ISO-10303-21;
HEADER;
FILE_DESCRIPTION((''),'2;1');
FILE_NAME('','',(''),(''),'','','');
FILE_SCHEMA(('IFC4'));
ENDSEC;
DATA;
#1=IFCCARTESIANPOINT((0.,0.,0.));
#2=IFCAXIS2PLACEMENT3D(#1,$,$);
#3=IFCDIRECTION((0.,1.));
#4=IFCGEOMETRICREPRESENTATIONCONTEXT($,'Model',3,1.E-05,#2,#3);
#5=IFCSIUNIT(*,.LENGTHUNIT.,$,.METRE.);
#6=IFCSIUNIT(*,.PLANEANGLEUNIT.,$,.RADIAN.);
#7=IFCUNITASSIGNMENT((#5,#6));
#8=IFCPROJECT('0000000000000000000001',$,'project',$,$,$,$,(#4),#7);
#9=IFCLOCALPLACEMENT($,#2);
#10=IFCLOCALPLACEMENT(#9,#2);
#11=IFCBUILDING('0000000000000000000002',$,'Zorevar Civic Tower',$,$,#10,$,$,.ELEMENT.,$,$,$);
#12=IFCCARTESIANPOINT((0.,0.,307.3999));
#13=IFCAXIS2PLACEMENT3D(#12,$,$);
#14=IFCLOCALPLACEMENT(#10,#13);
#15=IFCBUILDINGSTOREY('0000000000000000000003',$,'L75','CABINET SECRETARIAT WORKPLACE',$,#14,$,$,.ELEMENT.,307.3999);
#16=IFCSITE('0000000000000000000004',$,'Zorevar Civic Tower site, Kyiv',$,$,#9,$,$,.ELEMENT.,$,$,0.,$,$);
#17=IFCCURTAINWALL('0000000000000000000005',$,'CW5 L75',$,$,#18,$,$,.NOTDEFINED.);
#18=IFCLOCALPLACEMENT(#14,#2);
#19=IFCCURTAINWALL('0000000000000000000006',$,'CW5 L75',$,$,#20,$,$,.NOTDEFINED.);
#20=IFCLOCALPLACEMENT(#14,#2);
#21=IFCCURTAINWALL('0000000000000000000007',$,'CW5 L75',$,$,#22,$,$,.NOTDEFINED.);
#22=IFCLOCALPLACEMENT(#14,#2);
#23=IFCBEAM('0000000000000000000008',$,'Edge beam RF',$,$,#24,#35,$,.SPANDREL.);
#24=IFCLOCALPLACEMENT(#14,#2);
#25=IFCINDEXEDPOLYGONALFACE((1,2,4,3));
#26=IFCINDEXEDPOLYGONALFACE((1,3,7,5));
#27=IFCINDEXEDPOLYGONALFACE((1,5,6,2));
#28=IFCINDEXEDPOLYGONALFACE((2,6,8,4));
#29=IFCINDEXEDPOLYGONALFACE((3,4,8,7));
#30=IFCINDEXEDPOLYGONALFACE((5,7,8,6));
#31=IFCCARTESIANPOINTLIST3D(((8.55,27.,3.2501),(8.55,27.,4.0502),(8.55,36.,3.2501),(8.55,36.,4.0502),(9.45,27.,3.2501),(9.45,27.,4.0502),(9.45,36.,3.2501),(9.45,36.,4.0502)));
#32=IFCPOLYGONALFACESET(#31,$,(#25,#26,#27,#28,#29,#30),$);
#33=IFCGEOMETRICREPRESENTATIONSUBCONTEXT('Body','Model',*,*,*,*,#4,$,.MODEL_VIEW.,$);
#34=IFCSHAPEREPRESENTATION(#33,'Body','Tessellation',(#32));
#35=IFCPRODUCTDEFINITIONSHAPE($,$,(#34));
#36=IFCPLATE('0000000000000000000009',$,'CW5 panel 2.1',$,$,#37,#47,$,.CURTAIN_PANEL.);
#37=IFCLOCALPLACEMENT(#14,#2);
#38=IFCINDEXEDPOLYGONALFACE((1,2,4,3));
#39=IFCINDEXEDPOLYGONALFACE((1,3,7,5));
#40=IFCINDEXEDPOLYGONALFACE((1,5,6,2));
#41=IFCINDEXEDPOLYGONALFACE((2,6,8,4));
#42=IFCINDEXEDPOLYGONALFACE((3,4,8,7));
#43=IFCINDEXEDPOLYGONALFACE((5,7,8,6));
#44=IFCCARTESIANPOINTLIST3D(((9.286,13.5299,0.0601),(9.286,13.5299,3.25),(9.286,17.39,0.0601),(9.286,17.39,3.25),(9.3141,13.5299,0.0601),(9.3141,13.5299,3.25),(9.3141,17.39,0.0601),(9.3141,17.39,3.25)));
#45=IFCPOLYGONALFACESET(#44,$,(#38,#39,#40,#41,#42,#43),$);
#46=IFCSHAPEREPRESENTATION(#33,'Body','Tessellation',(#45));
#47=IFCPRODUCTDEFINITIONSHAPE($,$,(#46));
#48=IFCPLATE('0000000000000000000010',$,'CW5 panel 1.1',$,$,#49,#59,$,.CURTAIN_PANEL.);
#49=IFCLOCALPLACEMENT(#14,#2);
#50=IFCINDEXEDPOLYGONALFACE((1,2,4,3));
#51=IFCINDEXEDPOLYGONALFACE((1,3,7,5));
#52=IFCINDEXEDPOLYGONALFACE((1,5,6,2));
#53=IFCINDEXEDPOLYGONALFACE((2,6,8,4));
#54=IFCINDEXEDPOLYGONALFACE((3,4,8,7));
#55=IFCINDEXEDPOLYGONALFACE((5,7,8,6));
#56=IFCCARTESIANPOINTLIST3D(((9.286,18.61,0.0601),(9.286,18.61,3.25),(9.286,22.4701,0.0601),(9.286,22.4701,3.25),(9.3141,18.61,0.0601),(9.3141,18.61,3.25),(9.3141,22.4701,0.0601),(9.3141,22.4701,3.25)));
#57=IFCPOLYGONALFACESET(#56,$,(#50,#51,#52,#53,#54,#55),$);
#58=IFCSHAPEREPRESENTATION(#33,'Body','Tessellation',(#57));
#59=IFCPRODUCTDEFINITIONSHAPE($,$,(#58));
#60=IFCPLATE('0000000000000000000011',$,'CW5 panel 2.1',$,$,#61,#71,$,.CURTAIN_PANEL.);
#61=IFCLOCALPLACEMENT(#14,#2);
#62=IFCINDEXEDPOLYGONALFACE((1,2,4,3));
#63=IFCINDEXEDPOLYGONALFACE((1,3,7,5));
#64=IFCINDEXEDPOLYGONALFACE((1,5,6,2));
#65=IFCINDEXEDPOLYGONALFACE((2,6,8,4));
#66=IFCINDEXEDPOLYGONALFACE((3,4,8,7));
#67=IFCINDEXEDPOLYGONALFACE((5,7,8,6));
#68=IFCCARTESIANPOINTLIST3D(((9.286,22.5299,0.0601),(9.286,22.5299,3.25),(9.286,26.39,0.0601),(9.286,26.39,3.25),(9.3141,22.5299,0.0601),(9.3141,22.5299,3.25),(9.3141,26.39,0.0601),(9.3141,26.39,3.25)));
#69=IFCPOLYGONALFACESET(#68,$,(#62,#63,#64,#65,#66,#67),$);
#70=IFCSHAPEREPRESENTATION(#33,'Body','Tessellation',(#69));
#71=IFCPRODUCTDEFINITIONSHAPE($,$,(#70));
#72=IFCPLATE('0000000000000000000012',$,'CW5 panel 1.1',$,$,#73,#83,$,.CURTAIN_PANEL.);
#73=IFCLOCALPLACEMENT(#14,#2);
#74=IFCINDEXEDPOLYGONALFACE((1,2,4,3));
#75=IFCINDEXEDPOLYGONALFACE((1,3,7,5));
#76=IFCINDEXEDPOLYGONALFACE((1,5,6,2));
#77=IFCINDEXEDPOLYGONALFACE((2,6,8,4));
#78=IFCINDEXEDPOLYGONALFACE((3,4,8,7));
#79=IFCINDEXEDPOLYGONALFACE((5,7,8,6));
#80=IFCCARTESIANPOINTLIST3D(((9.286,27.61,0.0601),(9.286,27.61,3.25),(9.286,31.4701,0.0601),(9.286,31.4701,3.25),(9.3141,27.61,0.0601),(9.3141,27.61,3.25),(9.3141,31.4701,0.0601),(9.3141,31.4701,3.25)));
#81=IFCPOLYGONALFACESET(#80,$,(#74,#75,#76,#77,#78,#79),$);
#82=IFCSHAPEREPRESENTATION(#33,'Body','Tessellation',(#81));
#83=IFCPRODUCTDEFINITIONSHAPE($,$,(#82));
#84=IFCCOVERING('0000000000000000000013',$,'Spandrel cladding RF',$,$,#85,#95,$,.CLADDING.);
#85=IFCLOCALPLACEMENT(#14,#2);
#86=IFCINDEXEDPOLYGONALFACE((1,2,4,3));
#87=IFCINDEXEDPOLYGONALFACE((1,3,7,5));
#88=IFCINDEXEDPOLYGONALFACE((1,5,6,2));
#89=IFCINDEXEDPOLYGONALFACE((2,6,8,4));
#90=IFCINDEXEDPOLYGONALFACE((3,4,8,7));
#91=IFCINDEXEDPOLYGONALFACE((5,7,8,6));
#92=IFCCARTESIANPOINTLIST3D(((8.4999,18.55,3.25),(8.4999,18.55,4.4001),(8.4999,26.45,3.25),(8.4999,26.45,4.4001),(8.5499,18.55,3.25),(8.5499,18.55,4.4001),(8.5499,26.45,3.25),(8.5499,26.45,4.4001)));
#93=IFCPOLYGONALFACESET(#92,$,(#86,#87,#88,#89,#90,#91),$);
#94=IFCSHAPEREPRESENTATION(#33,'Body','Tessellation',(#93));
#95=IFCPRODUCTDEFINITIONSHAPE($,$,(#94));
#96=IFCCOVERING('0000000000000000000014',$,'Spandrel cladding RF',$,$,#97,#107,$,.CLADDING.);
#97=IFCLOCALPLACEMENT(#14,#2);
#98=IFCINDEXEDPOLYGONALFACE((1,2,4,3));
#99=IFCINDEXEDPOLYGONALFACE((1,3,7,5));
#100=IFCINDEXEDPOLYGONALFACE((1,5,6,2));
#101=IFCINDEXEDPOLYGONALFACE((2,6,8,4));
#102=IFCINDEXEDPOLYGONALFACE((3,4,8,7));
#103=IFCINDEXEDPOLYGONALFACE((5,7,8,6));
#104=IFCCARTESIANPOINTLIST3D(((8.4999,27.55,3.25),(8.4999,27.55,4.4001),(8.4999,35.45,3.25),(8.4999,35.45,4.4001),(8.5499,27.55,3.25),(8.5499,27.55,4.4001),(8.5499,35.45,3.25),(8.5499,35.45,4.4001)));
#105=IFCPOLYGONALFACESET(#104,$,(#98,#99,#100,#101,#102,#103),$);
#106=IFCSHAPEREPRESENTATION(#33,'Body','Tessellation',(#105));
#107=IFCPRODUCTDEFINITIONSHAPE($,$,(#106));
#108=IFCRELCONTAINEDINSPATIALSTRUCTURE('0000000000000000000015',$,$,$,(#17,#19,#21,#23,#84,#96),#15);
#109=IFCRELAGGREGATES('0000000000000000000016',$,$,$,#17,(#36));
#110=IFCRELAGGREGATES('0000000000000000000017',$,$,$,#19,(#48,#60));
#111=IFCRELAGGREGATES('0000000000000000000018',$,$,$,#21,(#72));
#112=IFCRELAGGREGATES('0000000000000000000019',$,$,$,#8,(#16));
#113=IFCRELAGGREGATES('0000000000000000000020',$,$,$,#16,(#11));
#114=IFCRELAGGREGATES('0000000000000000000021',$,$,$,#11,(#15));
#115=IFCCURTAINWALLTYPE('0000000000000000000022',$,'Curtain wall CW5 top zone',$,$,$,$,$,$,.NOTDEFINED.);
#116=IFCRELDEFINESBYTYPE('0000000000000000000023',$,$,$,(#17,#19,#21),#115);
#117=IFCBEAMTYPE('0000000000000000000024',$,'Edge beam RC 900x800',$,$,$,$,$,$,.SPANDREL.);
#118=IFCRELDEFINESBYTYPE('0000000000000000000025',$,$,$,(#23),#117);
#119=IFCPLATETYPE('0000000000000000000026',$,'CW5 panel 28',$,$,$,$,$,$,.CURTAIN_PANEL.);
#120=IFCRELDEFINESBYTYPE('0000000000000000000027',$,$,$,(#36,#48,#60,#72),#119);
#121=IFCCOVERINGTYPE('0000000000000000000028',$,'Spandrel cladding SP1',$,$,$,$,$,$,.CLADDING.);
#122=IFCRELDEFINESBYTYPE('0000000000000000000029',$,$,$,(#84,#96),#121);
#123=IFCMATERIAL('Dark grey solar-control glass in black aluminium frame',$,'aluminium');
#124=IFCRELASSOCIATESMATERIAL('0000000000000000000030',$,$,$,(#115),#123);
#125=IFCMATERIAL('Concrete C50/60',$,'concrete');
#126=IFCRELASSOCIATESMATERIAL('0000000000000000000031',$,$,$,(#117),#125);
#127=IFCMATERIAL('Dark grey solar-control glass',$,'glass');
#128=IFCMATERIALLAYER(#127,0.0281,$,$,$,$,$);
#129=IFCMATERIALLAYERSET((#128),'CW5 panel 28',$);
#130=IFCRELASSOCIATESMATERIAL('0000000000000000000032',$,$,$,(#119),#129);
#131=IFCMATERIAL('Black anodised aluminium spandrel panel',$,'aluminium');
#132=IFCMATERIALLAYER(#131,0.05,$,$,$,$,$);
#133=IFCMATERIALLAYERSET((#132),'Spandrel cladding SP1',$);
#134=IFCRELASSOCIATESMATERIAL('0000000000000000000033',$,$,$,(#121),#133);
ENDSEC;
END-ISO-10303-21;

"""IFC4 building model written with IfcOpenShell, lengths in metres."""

from ifc_helpers import new_model, si_unit, direction, frame, frame_2d, origin, origin_2d, place, context, subcontext, project, spatial, rectangle, extrude, material, layer, layer_set, material_profile, profile_set, type_object, element, aggregate, save


model = new_model("IFC4")

# Units and contexts
model_context = context("Model", 3, precision=1e-05, world=origin(), true_north=direction((0.0, 1.0)))
body_context = subcontext(model_context, "Body", "Model", "MODEL_VIEW")
ifc_project = project(units=[si_unit("LENGTHUNIT", "METRE"), si_unit("PLANEANGLEUNIT", "RADIAN")], contexts=[model_context])

# Site, building, storey
site_placement = place(None, origin())
site = spatial("IfcSite", under=ifc_project, at=site_placement, Name="Zorevar Civic Tower site, Kyiv", CompositionType="ELEMENT", RefElevation=0.0)
building_placement = place(site_placement, origin())
building = spatial("IfcBuilding", under=site, at=building_placement, Name="Zorevar Civic Tower", CompositionType="ELEMENT")
storey_placement = place(building_placement, frame((0.0, 0.0, 307.3999)))
storey = spatial("IfcBuildingStorey", under=building, at=storey_placement, Name="L75", Description="CABINET SECRETARIAT WORKPLACE", CompositionType="ELEMENT", Elevation=307.3999)

# Curtain wall
ifc_material_1 = material(Name="Dark grey solar-control glass in black aluminium frame", Category="aluminium")
curtain_wall_type = type_object("IfcCurtainWallType", Name="Curtain wall CW5 top zone", PredefinedType="NOTDEFINED", material=ifc_material_1)
curtain_wall_1_placement = place(storey_placement, origin())
curtain_wall_1 = element("IfcCurtainWall", 1, at=curtain_wall_1_placement, inside=storey, type_object=curtain_wall_type, Name="CW5 L75", PredefinedType="NOTDEFINED")

# Curtain wall
curtain_wall_2_placement = place(storey_placement, origin())
curtain_wall_2 = element("IfcCurtainWall", 2, at=curtain_wall_2_placement, inside=storey, type_object=curtain_wall_type, Name="CW5 L75", PredefinedType="NOTDEFINED")

# Curtain wall
curtain_wall_3_placement = place(storey_placement, origin())
curtain_wall_3 = element("IfcCurtainWall", 3, at=curtain_wall_3_placement, inside=storey, type_object=curtain_wall_type, Name="CW5 L75", PredefinedType="NOTDEFINED")

# Beam
ifc_material_2 = material(Name="Concrete C50/60", Category="concrete")
ifc_material_profile_1 = material_profile(ifc_material_2, rectangle(XDim=0.8999, YDim=0.8, at=origin_2d()), Name="RC 900x800")
ifc_profile_set_1 = profile_set([ifc_material_profile_1], Name="Concrete C50/60")
beam_type_1 = type_object("IfcBeamType", Name="Edge beam RC 900x800", PredefinedType="SPANDREL", material=ifc_profile_set_1)
for number, where, z_axis, x_axis, name in (
    (4, (9.0, 27.0, 3.6501), (0.0, 1.0, 0.0), (-1.0, 0.0, 0.0), "Edge beam RF"),
):
    element("IfcBeam", number, at=place(storey_placement, frame(where, z_axis=z_axis, x_axis=x_axis)), inside=storey, type_object=beam_type_1, Name=name, PredefinedType="SPANDREL", context=body_context, shape_type="SweptSolid", body=[
        extrude(rectangle(XDim=0.8999, YDim=0.8, at=origin_2d()), origin(), (0.0, 0.0, 1.0), 9.0),
    ])

# Plates
ifc_material_3 = material(Name="Dark grey solar-control glass", Category="glass")
ifc_layer_1 = layer(ifc_material_3, 0.0281)
ifc_layer_set_1 = layer_set([ifc_layer_1], Name="CW5 panel 28")
plate_type = type_object("IfcPlateType", Name="CW5 panel 28", PredefinedType="CURTAIN_PANEL", material=ifc_layer_set_1)
plate_1_placement = place(storey_placement, frame((9.3, 15.46, 0.0601), z_axis=(0.0, 0.0, 1.0), x_axis=(0.0, 1.0, 0.0)))
plate_1 = element("IfcPlate", 5, at=plate_1_placement, type_object=plate_type, Name="CW5 panel 2.1", PredefinedType="CURTAIN_PANEL", context=body_context, shape_type="SweptSolid", body=[
    extrude(rectangle(XDim=3.8601, YDim=0.0281, at=origin_2d()), origin(), (0.0, 0.0, 1.0), 3.1899),
])
aggregate(curtain_wall_1, [plate_1])
plate_2_placement = place(storey_placement, frame((9.3, 20.54, 0.0601), z_axis=(0.0, 0.0, 1.0), x_axis=(0.0, 1.0, 0.0)))
plate_2 = element("IfcPlate", 6, at=plate_2_placement, type_object=plate_type, Name="CW5 panel 1.1", PredefinedType="CURTAIN_PANEL", context=body_context, shape_type="SweptSolid", body=[
    extrude(rectangle(XDim=3.8601, YDim=0.0281, at=origin_2d()), origin(), (0.0, 0.0, 1.0), 3.1899),
])
plate_3_placement = place(storey_placement, frame((9.3, 24.46, 0.0601), z_axis=(0.0, 0.0, 1.0), x_axis=(0.0, 1.0, 0.0)))
plate_3 = element("IfcPlate", 7, at=plate_3_placement, type_object=plate_type, Name="CW5 panel 2.1", PredefinedType="CURTAIN_PANEL", context=body_context, shape_type="SweptSolid", body=[
    extrude(rectangle(XDim=3.8601, YDim=0.0281, at=origin_2d()), origin(), (0.0, 0.0, 1.0), 3.1899),
])
aggregate(curtain_wall_2, [plate_2, plate_3])
plate_4_placement = place(storey_placement, frame((9.3, 29.54, 0.0601), z_axis=(0.0, 0.0, 1.0), x_axis=(0.0, 1.0, 0.0)))
plate_4 = element("IfcPlate", 8, at=plate_4_placement, type_object=plate_type, Name="CW5 panel 1.1", PredefinedType="CURTAIN_PANEL", context=body_context, shape_type="SweptSolid", body=[
    extrude(rectangle(XDim=3.8601, YDim=0.0281, at=origin_2d()), origin(), (0.0, 0.0, 1.0), 3.1899),
])
aggregate(curtain_wall_3, [plate_4])

# Coverings
ifc_material_4 = material(Name="Black anodised aluminium spandrel panel", Category="aluminium")
ifc_layer_2 = layer(ifc_material_4, 0.05)
ifc_layer_set_2 = layer_set([ifc_layer_2], Name="Spandrel cladding SP1")
covering_type = type_object("IfcCoveringType", Name="Spandrel cladding SP1", PredefinedType="CLADDING", material=ifc_layer_set_2)
for number, where, z_axis, x_axis, name in (
    (9, (8.5249, 18.55, 3.25), (0.0, 0.0, 1.0), (0.0, 1.0, 0.0), "Spandrel cladding RF"),
    (10, (8.5249, 27.55, 3.25), (0.0, 0.0, 1.0), (0.0, 1.0, 0.0), "Spandrel cladding RF"),
):
    element("IfcCovering", number, at=place(storey_placement, frame(where, z_axis=z_axis, x_axis=x_axis)), inside=storey, type_object=covering_type, Name=name, PredefinedType="CLADDING", context=body_context, shape_type="SweptSolid", body=[
        extrude(rectangle(XDim=7.8999, YDim=0.05, at=frame_2d((3.95, 0.0))), origin(), (0.0, 0.0, 1.0), 1.1501),
    ])

save(model, "model.ifc")
